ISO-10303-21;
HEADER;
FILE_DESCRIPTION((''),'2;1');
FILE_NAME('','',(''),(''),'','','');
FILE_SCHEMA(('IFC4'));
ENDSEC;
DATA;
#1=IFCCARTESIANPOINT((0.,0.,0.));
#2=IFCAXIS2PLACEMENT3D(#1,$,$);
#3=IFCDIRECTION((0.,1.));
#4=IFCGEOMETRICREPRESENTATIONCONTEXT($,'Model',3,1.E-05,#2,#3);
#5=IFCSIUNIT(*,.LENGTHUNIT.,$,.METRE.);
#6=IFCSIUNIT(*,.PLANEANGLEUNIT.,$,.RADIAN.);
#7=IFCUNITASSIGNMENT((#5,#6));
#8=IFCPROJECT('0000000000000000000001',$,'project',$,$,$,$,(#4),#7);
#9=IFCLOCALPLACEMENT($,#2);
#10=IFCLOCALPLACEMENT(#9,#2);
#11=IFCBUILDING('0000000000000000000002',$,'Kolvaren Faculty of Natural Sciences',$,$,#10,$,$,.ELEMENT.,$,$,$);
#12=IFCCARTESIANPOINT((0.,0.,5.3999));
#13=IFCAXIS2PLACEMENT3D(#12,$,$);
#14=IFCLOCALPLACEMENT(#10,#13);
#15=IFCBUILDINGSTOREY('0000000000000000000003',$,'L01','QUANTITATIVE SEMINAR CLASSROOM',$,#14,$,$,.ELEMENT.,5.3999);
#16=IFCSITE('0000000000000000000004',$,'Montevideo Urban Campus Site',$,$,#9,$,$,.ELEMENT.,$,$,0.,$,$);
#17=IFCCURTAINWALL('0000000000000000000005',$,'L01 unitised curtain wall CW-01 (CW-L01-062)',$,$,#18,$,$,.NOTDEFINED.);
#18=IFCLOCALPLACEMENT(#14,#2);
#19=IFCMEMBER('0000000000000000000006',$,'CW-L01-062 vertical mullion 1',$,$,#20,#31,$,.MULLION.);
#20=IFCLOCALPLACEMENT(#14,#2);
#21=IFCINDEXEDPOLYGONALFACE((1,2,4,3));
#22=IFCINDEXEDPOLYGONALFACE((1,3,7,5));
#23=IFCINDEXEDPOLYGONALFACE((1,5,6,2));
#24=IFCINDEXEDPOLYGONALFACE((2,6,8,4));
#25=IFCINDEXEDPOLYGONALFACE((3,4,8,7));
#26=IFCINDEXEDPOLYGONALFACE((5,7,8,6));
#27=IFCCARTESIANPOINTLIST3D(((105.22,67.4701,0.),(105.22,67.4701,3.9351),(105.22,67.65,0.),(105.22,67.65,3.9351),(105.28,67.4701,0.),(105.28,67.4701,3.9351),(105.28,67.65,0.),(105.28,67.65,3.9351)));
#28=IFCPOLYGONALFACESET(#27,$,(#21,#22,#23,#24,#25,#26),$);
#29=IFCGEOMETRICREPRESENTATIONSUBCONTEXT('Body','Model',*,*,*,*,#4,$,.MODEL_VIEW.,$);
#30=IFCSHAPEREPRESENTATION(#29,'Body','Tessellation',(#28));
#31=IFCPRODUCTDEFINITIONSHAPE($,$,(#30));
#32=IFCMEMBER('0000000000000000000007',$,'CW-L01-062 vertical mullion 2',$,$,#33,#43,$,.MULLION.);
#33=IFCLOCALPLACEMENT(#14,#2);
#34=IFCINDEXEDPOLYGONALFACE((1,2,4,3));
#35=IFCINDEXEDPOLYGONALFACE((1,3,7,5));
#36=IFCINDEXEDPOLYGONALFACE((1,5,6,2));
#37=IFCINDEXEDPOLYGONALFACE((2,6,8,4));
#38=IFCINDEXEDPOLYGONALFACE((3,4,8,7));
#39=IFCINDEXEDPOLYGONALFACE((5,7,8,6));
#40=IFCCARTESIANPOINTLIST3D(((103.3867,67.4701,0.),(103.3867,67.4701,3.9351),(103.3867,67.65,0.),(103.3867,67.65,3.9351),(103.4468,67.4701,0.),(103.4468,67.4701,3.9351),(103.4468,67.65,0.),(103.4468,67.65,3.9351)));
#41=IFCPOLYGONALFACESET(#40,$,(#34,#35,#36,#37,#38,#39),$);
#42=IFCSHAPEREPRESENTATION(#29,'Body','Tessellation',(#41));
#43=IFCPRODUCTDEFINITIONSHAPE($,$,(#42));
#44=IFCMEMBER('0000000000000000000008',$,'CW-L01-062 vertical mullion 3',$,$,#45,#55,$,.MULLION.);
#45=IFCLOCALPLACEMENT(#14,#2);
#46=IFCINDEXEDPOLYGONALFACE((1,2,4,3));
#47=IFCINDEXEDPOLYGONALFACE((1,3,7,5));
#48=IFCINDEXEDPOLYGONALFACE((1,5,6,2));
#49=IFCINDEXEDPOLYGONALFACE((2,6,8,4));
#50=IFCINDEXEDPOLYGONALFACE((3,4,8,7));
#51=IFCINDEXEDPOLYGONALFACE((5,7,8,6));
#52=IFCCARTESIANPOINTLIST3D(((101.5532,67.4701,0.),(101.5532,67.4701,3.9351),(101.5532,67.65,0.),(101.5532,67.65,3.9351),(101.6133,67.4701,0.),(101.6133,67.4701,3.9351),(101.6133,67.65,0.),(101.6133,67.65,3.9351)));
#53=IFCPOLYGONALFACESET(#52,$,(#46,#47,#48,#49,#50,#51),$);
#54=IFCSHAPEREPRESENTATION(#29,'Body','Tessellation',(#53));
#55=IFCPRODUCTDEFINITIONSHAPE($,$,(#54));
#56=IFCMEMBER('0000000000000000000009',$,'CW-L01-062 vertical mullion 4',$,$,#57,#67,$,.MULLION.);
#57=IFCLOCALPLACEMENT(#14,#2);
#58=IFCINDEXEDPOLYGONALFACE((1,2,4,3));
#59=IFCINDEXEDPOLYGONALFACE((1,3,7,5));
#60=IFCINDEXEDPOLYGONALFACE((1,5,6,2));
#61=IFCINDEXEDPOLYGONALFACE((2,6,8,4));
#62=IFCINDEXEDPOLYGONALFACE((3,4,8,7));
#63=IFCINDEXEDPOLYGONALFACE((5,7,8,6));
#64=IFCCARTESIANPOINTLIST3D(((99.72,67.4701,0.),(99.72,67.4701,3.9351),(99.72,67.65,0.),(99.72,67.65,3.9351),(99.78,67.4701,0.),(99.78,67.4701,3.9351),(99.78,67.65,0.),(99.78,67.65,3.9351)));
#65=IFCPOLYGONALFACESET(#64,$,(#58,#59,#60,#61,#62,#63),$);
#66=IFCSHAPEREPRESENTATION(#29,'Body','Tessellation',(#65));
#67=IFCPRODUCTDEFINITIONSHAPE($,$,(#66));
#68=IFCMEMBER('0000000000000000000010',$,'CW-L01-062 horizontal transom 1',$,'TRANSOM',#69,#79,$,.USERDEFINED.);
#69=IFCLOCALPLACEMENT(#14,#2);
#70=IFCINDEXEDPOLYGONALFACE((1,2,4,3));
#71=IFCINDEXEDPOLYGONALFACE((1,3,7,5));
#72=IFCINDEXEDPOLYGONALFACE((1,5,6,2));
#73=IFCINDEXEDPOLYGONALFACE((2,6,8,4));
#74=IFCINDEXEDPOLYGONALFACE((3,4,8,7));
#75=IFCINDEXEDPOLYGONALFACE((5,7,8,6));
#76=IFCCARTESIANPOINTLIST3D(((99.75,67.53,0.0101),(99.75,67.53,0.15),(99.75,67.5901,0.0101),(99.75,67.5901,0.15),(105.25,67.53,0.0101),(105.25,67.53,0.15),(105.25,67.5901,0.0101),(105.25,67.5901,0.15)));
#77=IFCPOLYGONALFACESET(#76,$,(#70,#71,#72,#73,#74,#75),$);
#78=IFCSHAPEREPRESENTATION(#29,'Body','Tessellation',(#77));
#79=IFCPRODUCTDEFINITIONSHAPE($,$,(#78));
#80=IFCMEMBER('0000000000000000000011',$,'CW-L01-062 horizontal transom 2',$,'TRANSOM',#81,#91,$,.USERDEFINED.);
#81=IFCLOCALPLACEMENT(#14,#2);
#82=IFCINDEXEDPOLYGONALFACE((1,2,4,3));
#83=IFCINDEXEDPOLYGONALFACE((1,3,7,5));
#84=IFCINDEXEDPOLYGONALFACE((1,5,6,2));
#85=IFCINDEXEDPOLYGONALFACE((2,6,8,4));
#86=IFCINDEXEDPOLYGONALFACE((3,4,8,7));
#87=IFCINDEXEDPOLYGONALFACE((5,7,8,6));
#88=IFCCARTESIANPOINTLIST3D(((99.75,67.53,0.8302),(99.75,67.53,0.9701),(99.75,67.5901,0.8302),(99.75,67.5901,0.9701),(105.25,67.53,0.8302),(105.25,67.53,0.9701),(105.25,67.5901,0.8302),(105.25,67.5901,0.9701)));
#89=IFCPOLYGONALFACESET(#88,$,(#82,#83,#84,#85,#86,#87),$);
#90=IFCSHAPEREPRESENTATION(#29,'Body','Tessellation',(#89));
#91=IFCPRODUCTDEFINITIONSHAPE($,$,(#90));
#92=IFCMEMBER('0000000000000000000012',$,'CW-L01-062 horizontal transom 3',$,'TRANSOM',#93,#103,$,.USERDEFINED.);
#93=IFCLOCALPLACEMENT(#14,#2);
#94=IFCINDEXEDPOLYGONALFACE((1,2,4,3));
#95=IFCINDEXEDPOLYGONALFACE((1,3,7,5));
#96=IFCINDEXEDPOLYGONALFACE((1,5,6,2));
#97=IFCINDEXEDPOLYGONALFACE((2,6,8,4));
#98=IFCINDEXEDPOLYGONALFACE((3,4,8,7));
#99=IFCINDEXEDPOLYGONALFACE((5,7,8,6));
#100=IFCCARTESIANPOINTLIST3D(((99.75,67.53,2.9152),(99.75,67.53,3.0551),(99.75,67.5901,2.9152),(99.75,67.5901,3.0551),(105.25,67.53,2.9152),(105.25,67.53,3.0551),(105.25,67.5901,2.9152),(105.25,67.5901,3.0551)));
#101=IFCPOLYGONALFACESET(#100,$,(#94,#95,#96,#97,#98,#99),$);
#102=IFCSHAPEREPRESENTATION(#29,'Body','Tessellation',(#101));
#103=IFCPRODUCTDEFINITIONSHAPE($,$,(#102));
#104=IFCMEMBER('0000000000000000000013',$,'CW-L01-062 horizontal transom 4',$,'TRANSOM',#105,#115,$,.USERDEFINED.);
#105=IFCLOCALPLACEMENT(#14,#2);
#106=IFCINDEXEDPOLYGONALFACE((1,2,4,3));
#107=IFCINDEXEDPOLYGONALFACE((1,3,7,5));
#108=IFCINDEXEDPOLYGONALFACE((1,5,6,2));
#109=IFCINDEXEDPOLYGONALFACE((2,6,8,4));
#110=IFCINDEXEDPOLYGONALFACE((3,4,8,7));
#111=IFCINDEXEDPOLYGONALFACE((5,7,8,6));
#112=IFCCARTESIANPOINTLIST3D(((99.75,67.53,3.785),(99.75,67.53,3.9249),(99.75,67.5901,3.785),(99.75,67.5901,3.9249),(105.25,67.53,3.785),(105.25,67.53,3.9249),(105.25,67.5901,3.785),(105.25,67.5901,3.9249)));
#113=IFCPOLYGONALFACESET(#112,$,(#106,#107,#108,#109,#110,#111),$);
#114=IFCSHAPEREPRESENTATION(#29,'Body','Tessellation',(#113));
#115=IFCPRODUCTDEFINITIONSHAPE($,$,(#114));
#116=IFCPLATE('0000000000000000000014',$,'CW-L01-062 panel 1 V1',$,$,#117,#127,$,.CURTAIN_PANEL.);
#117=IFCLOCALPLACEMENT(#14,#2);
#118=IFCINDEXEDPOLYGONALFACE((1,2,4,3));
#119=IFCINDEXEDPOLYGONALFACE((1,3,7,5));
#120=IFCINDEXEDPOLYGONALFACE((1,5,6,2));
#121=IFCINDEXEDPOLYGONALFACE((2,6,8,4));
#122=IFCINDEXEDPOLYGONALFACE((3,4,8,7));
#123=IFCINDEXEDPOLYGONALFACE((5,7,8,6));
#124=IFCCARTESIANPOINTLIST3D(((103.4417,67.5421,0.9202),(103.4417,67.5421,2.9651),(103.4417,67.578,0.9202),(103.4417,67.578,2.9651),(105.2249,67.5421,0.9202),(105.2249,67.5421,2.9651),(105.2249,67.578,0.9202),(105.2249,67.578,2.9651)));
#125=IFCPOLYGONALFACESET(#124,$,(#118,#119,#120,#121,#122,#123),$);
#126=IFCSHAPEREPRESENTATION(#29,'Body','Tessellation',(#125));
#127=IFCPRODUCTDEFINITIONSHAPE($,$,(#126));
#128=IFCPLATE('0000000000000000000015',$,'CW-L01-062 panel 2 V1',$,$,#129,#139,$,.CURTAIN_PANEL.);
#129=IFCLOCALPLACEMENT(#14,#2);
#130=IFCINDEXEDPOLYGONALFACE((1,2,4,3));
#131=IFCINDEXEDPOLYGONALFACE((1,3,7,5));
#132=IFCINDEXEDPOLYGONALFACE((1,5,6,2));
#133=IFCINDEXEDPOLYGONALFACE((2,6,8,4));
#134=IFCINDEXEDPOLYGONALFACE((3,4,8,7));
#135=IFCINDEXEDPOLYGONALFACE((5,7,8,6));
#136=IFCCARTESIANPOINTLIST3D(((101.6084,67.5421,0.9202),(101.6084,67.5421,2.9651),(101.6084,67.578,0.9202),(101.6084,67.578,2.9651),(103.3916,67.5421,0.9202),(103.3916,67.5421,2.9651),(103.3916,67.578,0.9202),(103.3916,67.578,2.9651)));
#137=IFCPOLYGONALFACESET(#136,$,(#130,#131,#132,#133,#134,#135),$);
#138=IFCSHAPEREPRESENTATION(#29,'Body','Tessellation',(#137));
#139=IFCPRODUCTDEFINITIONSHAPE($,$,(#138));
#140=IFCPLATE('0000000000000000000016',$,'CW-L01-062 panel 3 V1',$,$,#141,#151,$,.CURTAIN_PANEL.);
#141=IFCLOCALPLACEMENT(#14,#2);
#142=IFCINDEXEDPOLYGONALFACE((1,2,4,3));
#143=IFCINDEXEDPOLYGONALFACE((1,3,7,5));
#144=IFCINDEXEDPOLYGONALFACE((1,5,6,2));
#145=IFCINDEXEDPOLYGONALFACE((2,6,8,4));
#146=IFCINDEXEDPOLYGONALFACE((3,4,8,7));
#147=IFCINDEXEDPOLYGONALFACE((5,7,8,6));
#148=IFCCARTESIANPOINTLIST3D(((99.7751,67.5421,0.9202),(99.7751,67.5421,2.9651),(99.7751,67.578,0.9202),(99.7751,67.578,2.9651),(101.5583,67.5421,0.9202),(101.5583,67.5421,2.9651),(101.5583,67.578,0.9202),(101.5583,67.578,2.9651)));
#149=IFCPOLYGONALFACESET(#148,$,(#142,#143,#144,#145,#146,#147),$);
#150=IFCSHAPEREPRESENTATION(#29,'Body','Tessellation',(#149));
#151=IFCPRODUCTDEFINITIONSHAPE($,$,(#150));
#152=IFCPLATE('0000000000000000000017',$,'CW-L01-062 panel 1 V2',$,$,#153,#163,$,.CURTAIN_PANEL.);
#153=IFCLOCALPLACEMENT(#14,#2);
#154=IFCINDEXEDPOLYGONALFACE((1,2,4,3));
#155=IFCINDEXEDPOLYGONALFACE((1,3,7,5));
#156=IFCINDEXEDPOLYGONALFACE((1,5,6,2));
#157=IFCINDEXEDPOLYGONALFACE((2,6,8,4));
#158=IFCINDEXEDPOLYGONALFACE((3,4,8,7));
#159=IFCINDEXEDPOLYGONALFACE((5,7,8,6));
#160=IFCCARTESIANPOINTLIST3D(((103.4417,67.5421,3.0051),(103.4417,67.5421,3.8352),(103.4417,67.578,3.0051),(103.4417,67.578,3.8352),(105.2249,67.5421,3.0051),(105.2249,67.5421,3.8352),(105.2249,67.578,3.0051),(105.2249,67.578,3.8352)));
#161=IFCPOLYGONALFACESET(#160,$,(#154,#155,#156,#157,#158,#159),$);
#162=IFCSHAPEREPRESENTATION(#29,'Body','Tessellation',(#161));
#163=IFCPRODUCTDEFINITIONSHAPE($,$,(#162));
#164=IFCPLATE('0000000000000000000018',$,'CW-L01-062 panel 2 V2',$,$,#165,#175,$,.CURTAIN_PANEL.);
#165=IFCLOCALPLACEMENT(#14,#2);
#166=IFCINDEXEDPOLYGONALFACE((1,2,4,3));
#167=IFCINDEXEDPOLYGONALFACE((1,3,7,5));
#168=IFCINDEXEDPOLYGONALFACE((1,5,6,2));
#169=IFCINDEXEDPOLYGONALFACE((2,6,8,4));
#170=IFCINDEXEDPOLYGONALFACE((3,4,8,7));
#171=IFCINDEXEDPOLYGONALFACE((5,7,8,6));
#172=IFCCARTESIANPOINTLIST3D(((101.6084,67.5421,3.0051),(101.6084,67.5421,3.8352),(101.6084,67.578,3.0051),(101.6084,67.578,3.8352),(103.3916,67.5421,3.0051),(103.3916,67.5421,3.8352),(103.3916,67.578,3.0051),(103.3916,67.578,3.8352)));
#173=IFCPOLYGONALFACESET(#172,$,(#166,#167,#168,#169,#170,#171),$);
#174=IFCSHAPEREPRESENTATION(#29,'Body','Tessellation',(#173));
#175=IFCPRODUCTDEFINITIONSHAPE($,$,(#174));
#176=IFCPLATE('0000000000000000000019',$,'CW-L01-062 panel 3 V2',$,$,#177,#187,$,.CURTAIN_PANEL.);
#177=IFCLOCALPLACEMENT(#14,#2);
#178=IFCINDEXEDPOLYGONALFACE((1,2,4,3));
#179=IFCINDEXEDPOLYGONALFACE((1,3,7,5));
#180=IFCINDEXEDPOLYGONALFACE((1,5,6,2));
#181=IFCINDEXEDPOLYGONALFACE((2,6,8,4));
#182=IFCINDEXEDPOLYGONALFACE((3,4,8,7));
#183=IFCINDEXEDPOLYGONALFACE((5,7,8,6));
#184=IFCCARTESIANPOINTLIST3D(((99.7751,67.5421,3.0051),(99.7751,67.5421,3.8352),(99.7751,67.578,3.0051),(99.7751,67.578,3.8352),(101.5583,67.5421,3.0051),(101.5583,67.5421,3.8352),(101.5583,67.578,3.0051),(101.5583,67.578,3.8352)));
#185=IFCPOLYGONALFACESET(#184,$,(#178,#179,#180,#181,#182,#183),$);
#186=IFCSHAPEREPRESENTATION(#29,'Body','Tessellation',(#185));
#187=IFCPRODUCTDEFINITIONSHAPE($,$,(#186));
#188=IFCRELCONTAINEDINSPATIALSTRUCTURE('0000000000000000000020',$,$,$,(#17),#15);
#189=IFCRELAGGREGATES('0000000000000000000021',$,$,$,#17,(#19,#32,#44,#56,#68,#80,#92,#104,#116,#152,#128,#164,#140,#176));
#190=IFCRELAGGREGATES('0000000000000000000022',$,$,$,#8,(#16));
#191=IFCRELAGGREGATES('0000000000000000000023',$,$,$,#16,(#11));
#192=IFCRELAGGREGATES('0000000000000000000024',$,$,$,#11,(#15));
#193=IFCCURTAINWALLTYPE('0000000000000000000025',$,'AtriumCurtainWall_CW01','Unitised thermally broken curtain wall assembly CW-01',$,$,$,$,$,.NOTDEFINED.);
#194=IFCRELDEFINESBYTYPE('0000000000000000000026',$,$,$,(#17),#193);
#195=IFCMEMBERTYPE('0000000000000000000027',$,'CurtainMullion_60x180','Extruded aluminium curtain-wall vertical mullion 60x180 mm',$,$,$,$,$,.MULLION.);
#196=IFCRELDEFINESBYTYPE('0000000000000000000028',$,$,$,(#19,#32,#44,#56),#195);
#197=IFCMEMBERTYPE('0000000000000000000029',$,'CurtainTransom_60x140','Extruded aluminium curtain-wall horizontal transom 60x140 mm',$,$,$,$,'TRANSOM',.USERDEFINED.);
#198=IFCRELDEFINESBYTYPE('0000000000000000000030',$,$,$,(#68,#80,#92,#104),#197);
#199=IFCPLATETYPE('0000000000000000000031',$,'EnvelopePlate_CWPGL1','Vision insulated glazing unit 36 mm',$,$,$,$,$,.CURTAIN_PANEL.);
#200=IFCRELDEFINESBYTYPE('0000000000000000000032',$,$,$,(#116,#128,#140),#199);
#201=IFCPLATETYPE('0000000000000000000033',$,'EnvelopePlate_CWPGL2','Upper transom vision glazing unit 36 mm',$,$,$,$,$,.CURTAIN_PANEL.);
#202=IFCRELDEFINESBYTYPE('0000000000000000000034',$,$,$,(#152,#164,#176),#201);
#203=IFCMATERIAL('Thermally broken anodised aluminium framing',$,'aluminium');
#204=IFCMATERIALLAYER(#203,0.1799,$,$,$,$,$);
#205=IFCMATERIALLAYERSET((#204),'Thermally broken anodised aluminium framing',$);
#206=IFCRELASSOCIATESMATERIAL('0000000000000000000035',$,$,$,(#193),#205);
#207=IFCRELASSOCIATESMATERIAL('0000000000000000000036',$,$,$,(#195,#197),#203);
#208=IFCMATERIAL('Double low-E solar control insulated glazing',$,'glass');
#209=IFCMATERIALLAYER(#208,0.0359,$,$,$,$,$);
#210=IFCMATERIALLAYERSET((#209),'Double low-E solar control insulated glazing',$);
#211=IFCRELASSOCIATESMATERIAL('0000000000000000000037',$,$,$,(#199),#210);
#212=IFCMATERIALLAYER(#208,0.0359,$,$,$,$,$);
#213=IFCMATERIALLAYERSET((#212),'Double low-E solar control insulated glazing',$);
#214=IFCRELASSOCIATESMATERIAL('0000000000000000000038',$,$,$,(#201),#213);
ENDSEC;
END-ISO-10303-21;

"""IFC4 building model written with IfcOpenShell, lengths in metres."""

from ifc_helpers import new_model, si_unit, direction, frame, origin, origin_2d, place, context, subcontext, project, spatial, rectangle, extrude, material, layer, layer_set, material_profile, profile_set, type_object, element, aggregate, save


model = new_model("IFC4")

# Units and contexts
model_context = context("Model", 3, precision=1e-05, world=origin(), true_north=direction((0.0, 1.0)))
body_context = subcontext(model_context, "Body", "Model", "MODEL_VIEW")
ifc_project = project(units=[si_unit("LENGTHUNIT", "METRE"), si_unit("PLANEANGLEUNIT", "RADIAN")], contexts=[model_context])

# Site, building, storey
site_placement = place(None, origin())
site = spatial("IfcSite", under=ifc_project, at=site_placement, Name="Montevideo Urban Campus Site", CompositionType="ELEMENT", RefElevation=0.0)
building_placement = place(site_placement, origin())
building = spatial("IfcBuilding", under=site, at=building_placement, Name="Kolvaren Faculty of Natural Sciences", CompositionType="ELEMENT")
storey_placement = place(building_placement, frame((0.0, 0.0, 5.3999)))
storey = spatial("IfcBuildingStorey", under=building, at=storey_placement, Name="L01", Description="QUANTITATIVE SEMINAR CLASSROOM", CompositionType="ELEMENT", Elevation=5.3999)

# Curtain wall, members, plates
ifc_material_1 = material(Name="Thermally broken anodised aluminium framing", Category="aluminium")
ifc_layer_1 = layer(ifc_material_1, 0.1799)
ifc_layer_set_1 = layer_set([ifc_layer_1], Name="Thermally broken anodised aluminium framing")
curtain_wall_type = type_object("IfcCurtainWallType", Name="AtriumCurtainWall_CW01", Description="Unitised thermally broken curtain wall assembly CW-01", PredefinedType="NOTDEFINED", material=ifc_layer_set_1)
curtain_wall_placement = place(storey_placement, origin())
curtain_wall = element("IfcCurtainWall", 1, at=curtain_wall_placement, inside=storey, type_object=curtain_wall_type, Name="L01 unitised curtain wall CW-01 (CW-L01-062)", PredefinedType="NOTDEFINED")
ifc_material_profile_1 = material_profile(ifc_material_1, rectangle(XDim=0.0601, YDim=0.1799, at=origin_2d()), Name="ALU MUL 60x180")
ifc_profile_set_1 = profile_set([ifc_material_profile_1], Name="Thermally broken anodised aluminium framing")
member_type_1 = type_object("IfcMemberType", Name="CurtainMullion_60x180", Description="Extruded aluminium curtain-wall vertical mullion 60x180 mm", PredefinedType="MULLION", material=ifc_profile_set_1)
member_1_placement = place(storey_placement, frame((105.25, 67.5601, 0.0), z_axis=(0.0, 0.0, 1.0), x_axis=(-1.0, 0.0, 0.0)))
member_1 = element("IfcMember", 2, at=member_1_placement, type_object=member_type_1, Name="CW-L01-062 vertical mullion 1", PredefinedType="MULLION", context=body_context, shape_type="SweptSolid", body=[
    extrude(rectangle(XDim=0.0601, YDim=0.1799, at=origin_2d()), origin(), (0.0, 0.0, 1.0), 3.9351),
])
member_2_placement = place(storey_placement, frame((103.4167, 67.5601, 0.0), z_axis=(0.0, 0.0, 1.0), x_axis=(-1.0, 0.0, 0.0)))
member_2 = element("IfcMember", 3, at=member_2_placement, type_object=member_type_1, Name="CW-L01-062 vertical mullion 2", PredefinedType="MULLION", context=body_context, shape_type="SweptSolid", body=[
    extrude(rectangle(XDim=0.0601, YDim=0.1799, at=origin_2d()), origin(), (0.0, 0.0, 1.0), 3.9351),
])
member_3_placement = place(storey_placement, frame((101.5833, 67.5601, 0.0), z_axis=(0.0, 0.0, 1.0), x_axis=(-1.0, 0.0, 0.0)))
member_3 = element("IfcMember", 4, at=member_3_placement, type_object=member_type_1, Name="CW-L01-062 vertical mullion 3", PredefinedType="MULLION", context=body_context, shape_type="SweptSolid", body=[
    extrude(rectangle(XDim=0.0601, YDim=0.1799, at=origin_2d()), origin(), (0.0, 0.0, 1.0), 3.9351),
])
member_4_placement = place(storey_placement, frame((99.75, 67.5601, 0.0), z_axis=(0.0, 0.0, 1.0), x_axis=(-1.0, 0.0, 0.0)))
member_4 = element("IfcMember", 5, at=member_4_placement, type_object=member_type_1, Name="CW-L01-062 vertical mullion 4", PredefinedType="MULLION", context=body_context, shape_type="SweptSolid", body=[
    extrude(rectangle(XDim=0.0601, YDim=0.1799, at=origin_2d()), origin(), (0.0, 0.0, 1.0), 3.9351),
])
ifc_material_profile_2 = material_profile(ifc_material_1, rectangle(XDim=0.0601, YDim=0.1399, at=origin_2d()), Name="ALU TRN 60x140")
ifc_profile_set_2 = profile_set([ifc_material_profile_2], Name="Thermally broken anodised aluminium framing")
member_type_2 = type_object("IfcMemberType", Name="CurtainTransom_60x140", Description="Extruded aluminium curtain-wall horizontal transom 60x140 mm", ElementType="TRANSOM", PredefinedType="USERDEFINED", material=ifc_profile_set_2)
member_5_placement = place(storey_placement, frame((105.25, 67.5601, 0.0801), z_axis=(-1.0, 0.0, 0.0), x_axis=(0.0, -1.0, 0.0)))
member_5 = element("IfcMember", 6, at=member_5_placement, type_object=member_type_2, Name="CW-L01-062 horizontal transom 1", ObjectType="TRANSOM", PredefinedType="USERDEFINED", context=body_context, shape_type="SweptSolid", body=[
    extrude(rectangle(XDim=0.0601, YDim=0.1399, at=origin_2d()), origin(), (0.0, 0.0, 1.0), 5.5),
])
member_6_placement = place(storey_placement, frame((105.25, 67.5601, 0.9001), z_axis=(-1.0, 0.0, 0.0), x_axis=(0.0, -1.0, 0.0)))
member_6 = element("IfcMember", 7, at=member_6_placement, type_object=member_type_2, Name="CW-L01-062 horizontal transom 2", ObjectType="TRANSOM", PredefinedType="USERDEFINED", context=body_context, shape_type="SweptSolid", body=[
    extrude(rectangle(XDim=0.0601, YDim=0.1399, at=origin_2d()), origin(), (0.0, 0.0, 1.0), 5.5),
])
member_7_placement = place(storey_placement, frame((105.25, 67.5601, 2.9851), z_axis=(-1.0, 0.0, 0.0), x_axis=(0.0, -1.0, 0.0)))
member_7 = element("IfcMember", 8, at=member_7_placement, type_object=member_type_2, Name="CW-L01-062 horizontal transom 3", ObjectType="TRANSOM", PredefinedType="USERDEFINED", context=body_context, shape_type="SweptSolid", body=[
    extrude(rectangle(XDim=0.0601, YDim=0.1399, at=origin_2d()), origin(), (0.0, 0.0, 1.0), 5.5),
])
member_8_placement = place(storey_placement, frame((105.25, 67.5601, 3.855), z_axis=(-1.0, 0.0, 0.0), x_axis=(0.0, -1.0, 0.0)))
member_8 = element("IfcMember", 9, at=member_8_placement, type_object=member_type_2, Name="CW-L01-062 horizontal transom 4", ObjectType="TRANSOM", PredefinedType="USERDEFINED", context=body_context, shape_type="SweptSolid", body=[
    extrude(rectangle(XDim=0.0601, YDim=0.1399, at=origin_2d()), origin(), (0.0, 0.0, 1.0), 5.5),
])
ifc_material_2 = material(Name="Double low-E solar control insulated glazing", Category="glass")
ifc_layer_2 = layer(ifc_material_2, 0.0359)
ifc_layer_set_2 = layer_set([ifc_layer_2], Name="Double low-E solar control insulated glazing")
plate_type_1 = type_object("IfcPlateType", Name="EnvelopePlate_CWPGL1", Description="Vision insulated glazing unit 36 mm", PredefinedType="CURTAIN_PANEL", material=ifc_layer_set_2)
plate_1_placement = place(storey_placement, frame((104.3333, 67.5601, 0.9202), z_axis=(0.0, 0.0, 1.0), x_axis=(-1.0, 0.0, 0.0)))
plate_1 = element("IfcPlate", 10, at=plate_1_placement, type_object=plate_type_1, Name="CW-L01-062 panel 1 V1", PredefinedType="CURTAIN_PANEL", context=body_context, shape_type="SweptSolid", body=[
    extrude(rectangle(XDim=1.7832, YDim=0.0359, at=origin_2d()), origin(), (0.0, 0.0, 1.0), 2.0449),
])
plate_2_placement = place(storey_placement, frame((102.5, 67.5601, 0.9202), z_axis=(0.0, 0.0, 1.0), x_axis=(-1.0, 0.0, 0.0)))
plate_2 = element("IfcPlate", 11, at=plate_2_placement, type_object=plate_type_1, Name="CW-L01-062 panel 2 V1", PredefinedType="CURTAIN_PANEL", context=body_context, shape_type="SweptSolid", body=[
    extrude(rectangle(XDim=1.7832, YDim=0.0359, at=origin_2d()), origin(), (0.0, 0.0, 1.0), 2.0449),
])
plate_3_placement = place(storey_placement, frame((100.6667, 67.5601, 0.9202), z_axis=(0.0, 0.0, 1.0), x_axis=(-1.0, 0.0, 0.0)))
plate_3 = element("IfcPlate", 12, at=plate_3_placement, type_object=plate_type_1, Name="CW-L01-062 panel 3 V1", PredefinedType="CURTAIN_PANEL", context=body_context, shape_type="SweptSolid", body=[
    extrude(rectangle(XDim=1.7832, YDim=0.0359, at=origin_2d()), origin(), (0.0, 0.0, 1.0), 2.0449),
])
ifc_layer_3 = layer(ifc_material_2, 0.0359)
ifc_layer_set_3 = layer_set([ifc_layer_3], Name="Double low-E solar control insulated glazing")
plate_type_2 = type_object("IfcPlateType", Name="EnvelopePlate_CWPGL2", Description="Upper transom vision glazing unit 36 mm", PredefinedType="CURTAIN_PANEL", material=ifc_layer_set_3)
plate_4_placement = place(storey_placement, frame((104.3333, 67.5601, 3.0051), z_axis=(0.0, 0.0, 1.0), x_axis=(-1.0, 0.0, 0.0)))
plate_4 = element("IfcPlate", 13, at=plate_4_placement, type_object=plate_type_2, Name="CW-L01-062 panel 1 V2", PredefinedType="CURTAIN_PANEL", context=body_context, shape_type="SweptSolid", body=[
    extrude(rectangle(XDim=1.7832, YDim=0.0359, at=origin_2d()), origin(), (0.0, 0.0, 1.0), 0.8301),
])
plate_5_placement = place(storey_placement, frame((102.5, 67.5601, 3.0051), z_axis=(0.0, 0.0, 1.0), x_axis=(-1.0, 0.0, 0.0)))
plate_5 = element("IfcPlate", 14, at=plate_5_placement, type_object=plate_type_2, Name="CW-L01-062 panel 2 V2", PredefinedType="CURTAIN_PANEL", context=body_context, shape_type="SweptSolid", body=[
    extrude(rectangle(XDim=1.7832, YDim=0.0359, at=origin_2d()), origin(), (0.0, 0.0, 1.0), 0.8301),
])
plate_6_placement = place(storey_placement, frame((100.6667, 67.5601, 3.0051), z_axis=(0.0, 0.0, 1.0), x_axis=(-1.0, 0.0, 0.0)))
plate_6 = element("IfcPlate", 15, at=plate_6_placement, type_object=plate_type_2, Name="CW-L01-062 panel 3 V2", PredefinedType="CURTAIN_PANEL", context=body_context, shape_type="SweptSolid", body=[
    extrude(rectangle(XDim=1.7832, YDim=0.0359, at=origin_2d()), origin(), (0.0, 0.0, 1.0), 0.8301),
])
aggregate(curtain_wall, [member_1, member_2, member_3, member_4, member_5, member_6, member_7, member_8, plate_1, plate_4, plate_2, plate_5, plate_3, plate_6])

save(model, "model.ifc")
